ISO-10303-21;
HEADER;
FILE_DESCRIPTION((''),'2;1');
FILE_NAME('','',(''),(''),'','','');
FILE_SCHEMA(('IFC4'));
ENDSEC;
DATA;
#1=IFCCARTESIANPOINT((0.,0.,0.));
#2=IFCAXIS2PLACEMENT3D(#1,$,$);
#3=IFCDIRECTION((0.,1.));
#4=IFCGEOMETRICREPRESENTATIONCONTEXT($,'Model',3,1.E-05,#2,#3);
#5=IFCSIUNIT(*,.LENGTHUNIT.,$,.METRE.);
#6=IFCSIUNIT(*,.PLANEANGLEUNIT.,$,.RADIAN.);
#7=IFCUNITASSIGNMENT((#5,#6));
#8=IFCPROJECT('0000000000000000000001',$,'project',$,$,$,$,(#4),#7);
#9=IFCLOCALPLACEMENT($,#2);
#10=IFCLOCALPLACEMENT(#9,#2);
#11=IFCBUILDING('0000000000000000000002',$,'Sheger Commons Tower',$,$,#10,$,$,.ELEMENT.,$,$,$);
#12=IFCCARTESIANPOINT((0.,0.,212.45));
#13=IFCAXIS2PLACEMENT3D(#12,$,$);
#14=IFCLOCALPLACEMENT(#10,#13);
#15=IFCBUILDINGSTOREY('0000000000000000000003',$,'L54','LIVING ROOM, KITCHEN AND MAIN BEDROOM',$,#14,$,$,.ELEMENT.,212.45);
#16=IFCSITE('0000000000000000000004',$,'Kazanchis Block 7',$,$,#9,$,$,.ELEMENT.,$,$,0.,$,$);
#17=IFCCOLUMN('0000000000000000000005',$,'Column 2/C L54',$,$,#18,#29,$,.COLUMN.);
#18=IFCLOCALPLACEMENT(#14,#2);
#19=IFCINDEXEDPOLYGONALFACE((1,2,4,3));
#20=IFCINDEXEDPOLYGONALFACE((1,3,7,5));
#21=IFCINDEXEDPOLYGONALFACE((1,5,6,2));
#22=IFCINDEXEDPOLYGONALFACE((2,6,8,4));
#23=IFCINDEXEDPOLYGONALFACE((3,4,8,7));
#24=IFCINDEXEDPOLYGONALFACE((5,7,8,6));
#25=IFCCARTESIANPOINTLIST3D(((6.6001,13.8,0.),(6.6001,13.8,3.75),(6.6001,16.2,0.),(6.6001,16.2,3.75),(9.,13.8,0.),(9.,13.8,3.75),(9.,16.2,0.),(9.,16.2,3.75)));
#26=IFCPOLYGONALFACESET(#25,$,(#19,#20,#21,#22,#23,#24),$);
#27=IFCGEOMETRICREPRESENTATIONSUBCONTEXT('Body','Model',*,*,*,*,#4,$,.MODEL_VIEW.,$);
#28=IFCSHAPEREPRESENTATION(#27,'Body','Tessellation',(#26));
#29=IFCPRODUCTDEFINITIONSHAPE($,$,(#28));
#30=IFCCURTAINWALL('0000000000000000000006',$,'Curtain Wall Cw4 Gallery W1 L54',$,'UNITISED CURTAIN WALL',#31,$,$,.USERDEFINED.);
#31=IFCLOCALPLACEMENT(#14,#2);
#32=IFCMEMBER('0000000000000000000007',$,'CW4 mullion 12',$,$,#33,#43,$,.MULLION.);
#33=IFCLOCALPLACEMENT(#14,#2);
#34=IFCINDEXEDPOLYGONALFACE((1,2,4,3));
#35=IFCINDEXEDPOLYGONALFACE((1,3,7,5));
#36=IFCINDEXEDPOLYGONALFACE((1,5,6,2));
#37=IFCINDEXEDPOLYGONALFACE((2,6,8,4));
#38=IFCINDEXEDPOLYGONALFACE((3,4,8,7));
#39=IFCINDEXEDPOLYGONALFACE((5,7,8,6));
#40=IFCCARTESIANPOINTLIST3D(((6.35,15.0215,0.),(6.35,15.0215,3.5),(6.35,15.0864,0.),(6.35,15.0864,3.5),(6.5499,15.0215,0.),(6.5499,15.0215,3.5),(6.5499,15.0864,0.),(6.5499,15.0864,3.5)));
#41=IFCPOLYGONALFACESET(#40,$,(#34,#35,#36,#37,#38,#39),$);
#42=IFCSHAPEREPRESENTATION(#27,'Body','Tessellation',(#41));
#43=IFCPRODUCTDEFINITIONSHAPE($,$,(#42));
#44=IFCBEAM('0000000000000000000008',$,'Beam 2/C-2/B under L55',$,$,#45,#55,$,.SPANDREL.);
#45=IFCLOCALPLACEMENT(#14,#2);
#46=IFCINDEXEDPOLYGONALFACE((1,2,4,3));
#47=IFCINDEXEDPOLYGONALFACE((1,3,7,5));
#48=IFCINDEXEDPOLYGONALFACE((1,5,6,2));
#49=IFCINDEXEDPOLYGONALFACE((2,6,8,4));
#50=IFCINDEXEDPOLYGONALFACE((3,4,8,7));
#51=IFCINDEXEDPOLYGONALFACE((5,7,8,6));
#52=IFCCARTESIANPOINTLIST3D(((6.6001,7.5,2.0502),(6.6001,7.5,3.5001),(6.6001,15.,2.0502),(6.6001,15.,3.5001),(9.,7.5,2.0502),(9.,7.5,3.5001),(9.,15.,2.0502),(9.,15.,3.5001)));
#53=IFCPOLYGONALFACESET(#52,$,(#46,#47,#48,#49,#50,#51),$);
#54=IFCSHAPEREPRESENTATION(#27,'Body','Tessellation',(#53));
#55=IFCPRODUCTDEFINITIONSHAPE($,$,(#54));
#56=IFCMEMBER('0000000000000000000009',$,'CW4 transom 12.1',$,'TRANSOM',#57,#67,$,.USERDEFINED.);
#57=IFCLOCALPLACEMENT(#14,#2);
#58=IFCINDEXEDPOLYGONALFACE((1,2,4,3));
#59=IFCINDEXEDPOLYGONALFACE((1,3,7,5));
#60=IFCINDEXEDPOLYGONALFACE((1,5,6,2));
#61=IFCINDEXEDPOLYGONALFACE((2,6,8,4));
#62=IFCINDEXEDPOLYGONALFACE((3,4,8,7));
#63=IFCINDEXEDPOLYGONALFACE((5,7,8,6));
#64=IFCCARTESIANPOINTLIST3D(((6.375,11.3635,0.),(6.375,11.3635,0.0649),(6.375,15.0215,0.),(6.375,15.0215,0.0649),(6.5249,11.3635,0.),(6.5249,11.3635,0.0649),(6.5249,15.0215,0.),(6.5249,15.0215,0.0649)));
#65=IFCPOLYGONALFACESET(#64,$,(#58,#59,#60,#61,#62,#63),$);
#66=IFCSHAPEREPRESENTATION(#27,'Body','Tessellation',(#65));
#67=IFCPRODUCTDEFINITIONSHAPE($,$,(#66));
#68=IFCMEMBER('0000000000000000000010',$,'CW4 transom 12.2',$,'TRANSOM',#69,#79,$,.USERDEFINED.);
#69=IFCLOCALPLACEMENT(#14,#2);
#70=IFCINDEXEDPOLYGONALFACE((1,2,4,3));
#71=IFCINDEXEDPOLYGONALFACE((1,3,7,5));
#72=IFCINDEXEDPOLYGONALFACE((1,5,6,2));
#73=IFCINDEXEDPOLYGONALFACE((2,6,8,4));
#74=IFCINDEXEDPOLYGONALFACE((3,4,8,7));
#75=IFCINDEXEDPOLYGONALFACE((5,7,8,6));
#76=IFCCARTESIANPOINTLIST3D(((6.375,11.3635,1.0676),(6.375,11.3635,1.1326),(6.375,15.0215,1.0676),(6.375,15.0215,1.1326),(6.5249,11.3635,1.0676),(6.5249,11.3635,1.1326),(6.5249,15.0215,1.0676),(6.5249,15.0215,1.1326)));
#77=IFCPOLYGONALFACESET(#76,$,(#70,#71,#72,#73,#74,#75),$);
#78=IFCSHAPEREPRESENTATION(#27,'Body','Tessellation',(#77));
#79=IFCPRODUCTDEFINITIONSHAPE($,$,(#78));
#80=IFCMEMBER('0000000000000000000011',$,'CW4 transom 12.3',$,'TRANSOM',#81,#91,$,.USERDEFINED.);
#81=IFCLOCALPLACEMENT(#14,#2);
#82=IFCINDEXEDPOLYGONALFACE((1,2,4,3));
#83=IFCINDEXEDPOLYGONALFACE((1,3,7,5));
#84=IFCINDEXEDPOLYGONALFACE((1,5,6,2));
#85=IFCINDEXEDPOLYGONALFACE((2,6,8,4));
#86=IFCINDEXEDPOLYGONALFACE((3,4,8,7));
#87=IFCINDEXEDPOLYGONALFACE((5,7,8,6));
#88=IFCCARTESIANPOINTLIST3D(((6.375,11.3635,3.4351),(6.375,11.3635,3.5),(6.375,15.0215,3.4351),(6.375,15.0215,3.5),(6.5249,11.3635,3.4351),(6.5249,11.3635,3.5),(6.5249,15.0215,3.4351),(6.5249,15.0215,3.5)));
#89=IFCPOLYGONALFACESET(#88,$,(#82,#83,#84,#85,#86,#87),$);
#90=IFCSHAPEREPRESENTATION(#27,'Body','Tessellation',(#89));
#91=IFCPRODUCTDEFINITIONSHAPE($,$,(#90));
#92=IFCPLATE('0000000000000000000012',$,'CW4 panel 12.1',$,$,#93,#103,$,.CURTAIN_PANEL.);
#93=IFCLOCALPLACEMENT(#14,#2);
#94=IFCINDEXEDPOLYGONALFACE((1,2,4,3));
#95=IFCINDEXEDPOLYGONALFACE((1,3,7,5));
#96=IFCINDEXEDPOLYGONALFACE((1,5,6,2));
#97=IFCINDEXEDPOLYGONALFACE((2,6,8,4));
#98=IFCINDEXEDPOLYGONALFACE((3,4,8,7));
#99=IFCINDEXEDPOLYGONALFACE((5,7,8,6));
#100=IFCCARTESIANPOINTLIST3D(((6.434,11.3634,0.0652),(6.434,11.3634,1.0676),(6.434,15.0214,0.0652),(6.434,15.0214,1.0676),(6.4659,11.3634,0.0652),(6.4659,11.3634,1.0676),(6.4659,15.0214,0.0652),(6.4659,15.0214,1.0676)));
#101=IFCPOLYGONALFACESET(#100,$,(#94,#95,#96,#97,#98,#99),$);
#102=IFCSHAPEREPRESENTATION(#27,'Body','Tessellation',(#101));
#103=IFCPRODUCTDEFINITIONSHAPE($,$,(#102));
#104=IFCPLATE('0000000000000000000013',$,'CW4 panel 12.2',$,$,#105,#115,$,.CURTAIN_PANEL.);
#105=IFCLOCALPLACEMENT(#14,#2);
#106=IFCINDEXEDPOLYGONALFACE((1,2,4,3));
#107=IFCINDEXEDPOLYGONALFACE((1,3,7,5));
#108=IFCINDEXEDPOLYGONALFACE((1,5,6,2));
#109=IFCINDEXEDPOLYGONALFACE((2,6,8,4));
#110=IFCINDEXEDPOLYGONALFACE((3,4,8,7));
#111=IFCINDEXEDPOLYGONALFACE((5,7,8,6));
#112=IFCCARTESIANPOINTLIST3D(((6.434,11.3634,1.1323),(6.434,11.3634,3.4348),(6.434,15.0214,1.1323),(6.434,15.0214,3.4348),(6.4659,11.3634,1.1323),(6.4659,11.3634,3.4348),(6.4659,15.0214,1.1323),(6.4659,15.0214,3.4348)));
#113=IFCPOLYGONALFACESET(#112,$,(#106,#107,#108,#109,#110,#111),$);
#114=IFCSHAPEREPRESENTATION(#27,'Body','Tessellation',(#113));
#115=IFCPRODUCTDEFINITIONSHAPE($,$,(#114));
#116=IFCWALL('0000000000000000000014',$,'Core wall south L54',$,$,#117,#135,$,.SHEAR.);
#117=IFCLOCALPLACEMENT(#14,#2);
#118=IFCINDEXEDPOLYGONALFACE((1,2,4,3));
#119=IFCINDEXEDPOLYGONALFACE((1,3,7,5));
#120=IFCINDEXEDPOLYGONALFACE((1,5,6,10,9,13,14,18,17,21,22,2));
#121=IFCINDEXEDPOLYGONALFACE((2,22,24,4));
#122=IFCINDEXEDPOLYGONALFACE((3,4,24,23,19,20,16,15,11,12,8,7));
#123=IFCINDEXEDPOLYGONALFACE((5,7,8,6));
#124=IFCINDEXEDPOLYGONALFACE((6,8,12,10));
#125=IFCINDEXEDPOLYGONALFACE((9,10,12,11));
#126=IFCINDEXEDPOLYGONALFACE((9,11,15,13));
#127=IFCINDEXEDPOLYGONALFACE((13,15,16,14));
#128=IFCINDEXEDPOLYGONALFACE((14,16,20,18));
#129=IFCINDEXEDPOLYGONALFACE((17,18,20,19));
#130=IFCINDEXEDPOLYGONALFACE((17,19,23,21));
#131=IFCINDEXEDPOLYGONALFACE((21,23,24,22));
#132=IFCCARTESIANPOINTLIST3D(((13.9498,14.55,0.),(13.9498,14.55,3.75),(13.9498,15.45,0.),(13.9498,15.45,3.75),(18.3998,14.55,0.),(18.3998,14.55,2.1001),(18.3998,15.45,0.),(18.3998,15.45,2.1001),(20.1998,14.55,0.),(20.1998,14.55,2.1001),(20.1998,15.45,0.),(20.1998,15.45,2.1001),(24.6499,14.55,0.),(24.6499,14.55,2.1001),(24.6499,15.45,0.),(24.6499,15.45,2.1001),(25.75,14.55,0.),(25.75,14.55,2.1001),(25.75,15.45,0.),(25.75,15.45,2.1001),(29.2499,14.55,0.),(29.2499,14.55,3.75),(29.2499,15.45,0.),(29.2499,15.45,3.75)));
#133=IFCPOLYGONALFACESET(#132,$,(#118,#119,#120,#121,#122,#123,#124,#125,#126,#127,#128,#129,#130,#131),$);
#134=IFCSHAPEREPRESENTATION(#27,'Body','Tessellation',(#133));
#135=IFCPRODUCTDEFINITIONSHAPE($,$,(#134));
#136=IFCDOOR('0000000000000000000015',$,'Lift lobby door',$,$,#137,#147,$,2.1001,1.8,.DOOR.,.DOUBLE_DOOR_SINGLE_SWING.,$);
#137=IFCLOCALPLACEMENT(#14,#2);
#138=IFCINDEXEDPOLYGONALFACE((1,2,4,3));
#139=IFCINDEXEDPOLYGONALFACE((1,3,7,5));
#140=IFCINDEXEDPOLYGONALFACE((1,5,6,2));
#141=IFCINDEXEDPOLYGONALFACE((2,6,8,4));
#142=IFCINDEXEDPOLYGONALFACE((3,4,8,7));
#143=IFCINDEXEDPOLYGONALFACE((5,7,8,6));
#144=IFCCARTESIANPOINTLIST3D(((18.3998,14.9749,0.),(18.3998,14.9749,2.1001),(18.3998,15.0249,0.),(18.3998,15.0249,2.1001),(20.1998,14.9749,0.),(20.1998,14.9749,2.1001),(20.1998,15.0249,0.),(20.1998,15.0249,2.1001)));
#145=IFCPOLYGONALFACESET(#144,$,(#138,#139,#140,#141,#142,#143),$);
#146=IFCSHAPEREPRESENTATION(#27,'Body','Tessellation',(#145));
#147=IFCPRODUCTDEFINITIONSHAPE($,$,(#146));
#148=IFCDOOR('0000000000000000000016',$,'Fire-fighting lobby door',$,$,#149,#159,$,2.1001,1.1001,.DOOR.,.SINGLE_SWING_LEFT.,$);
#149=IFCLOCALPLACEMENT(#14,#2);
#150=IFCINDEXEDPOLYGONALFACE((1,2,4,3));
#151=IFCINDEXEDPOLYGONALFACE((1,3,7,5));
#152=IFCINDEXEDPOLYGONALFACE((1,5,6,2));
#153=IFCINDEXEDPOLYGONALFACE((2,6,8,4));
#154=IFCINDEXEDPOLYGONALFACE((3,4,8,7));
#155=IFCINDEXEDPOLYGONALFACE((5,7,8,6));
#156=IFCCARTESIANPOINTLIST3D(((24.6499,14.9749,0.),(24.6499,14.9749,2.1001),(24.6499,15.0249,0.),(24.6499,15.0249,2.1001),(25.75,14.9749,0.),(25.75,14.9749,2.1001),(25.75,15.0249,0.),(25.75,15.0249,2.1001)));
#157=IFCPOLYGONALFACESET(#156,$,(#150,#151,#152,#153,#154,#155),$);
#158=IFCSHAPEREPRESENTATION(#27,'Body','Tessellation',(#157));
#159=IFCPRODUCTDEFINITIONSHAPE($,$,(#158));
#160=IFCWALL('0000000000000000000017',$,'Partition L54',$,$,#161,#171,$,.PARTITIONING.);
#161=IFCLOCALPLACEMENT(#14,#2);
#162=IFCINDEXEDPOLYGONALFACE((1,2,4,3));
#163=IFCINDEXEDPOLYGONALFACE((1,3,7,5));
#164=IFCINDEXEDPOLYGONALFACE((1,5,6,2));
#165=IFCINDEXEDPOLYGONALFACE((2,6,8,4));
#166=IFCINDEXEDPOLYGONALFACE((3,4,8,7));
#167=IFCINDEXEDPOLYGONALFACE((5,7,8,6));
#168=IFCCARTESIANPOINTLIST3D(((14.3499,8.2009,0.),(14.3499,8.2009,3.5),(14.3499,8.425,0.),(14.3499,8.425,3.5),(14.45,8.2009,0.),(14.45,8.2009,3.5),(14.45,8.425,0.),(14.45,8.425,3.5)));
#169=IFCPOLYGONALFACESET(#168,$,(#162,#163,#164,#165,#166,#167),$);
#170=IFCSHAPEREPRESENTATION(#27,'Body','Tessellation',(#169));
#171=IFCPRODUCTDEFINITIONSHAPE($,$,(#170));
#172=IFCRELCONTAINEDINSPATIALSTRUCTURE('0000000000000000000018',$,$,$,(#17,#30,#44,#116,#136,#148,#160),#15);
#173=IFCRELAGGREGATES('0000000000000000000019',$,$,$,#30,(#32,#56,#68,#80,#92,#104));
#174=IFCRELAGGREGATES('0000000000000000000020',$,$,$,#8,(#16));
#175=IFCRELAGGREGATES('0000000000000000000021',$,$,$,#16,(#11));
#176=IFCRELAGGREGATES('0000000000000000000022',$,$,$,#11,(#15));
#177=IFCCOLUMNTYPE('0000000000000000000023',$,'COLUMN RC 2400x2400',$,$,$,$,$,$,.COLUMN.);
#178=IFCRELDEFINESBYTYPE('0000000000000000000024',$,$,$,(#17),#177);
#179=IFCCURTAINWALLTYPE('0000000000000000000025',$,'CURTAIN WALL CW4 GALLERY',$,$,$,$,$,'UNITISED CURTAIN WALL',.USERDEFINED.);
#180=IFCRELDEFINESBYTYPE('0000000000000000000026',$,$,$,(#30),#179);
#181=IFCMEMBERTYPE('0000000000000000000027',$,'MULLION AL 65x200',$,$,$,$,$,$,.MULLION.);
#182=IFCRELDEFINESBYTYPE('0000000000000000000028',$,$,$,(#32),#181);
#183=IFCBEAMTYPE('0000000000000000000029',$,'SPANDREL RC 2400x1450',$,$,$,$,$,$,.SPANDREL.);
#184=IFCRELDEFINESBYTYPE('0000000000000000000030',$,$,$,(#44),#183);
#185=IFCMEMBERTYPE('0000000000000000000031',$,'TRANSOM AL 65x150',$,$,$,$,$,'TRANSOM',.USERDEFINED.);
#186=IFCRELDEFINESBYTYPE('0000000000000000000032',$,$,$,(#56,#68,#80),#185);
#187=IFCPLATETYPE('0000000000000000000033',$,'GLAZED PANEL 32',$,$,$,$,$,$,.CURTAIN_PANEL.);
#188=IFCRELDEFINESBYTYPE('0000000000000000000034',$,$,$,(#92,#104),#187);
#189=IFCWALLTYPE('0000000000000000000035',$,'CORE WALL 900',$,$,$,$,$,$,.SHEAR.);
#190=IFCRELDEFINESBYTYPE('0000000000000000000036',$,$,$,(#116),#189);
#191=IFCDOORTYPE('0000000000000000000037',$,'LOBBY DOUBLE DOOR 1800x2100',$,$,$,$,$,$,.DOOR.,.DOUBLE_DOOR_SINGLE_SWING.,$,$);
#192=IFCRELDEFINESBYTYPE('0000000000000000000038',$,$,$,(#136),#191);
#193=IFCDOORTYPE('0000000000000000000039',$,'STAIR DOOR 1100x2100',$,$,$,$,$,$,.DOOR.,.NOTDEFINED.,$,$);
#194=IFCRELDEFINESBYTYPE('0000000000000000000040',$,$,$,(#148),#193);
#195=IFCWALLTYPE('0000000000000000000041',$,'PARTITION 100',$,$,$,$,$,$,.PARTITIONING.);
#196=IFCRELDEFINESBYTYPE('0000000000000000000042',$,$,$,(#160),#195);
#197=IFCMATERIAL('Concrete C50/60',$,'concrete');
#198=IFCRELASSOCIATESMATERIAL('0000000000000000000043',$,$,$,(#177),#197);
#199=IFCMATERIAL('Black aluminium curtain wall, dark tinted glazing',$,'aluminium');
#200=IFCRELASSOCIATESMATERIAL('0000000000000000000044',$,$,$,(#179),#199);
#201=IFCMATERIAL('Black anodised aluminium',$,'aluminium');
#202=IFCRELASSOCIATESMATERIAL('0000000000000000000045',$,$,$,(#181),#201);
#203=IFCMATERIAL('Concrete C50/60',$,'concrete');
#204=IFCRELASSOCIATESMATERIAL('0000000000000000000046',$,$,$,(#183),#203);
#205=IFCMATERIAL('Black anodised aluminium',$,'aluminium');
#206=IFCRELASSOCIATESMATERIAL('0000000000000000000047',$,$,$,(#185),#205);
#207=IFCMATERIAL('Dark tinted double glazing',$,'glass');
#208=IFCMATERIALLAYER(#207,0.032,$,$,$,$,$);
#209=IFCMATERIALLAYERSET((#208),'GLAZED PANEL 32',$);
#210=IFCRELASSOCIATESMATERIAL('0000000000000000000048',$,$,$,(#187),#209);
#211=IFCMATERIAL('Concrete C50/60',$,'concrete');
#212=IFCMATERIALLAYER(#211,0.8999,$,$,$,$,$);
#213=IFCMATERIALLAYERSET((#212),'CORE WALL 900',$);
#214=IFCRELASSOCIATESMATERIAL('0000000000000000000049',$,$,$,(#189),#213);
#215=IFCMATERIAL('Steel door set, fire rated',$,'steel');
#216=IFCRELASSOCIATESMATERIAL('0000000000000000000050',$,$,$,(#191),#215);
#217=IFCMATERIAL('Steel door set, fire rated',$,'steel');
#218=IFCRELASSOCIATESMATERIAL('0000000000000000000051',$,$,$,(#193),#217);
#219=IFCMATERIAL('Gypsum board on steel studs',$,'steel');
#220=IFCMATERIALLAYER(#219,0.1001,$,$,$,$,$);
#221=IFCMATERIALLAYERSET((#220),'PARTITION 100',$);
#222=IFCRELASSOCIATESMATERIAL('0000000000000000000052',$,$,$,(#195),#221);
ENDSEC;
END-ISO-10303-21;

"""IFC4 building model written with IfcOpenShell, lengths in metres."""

from ifc_helpers import new_model, si_unit, direction, frame, frame_2d, origin, origin_2d, place, context, subcontext, project, spatial, rectangle, extrude, material, layer, layer_set, material_profile, profile_set, type_object, element, fill, aggregate, save


model = new_model("IFC4")

# Units and contexts
model_context = context("Model", 3, precision=1e-05, world=origin(), true_north=direction((0.0, 1.0)))
body_context = subcontext(model_context, "Body", "Model", "MODEL_VIEW")
ifc_project = project(units=[si_unit("LENGTHUNIT", "METRE"), si_unit("PLANEANGLEUNIT", "RADIAN")], contexts=[model_context])

# Site, building, storey
site_placement = place(None, origin())
site = spatial("IfcSite", under=ifc_project, at=site_placement, Name="Kazanchis Block 7", CompositionType="ELEMENT", RefElevation=0.0)
building_placement = place(site_placement, origin())
building = spatial("IfcBuilding", under=site, at=building_placement, Name="Sheger Commons Tower", CompositionType="ELEMENT")
storey_placement = place(building_placement, frame((0.0, 0.0, 212.45)))
storey = spatial("IfcBuildingStorey", under=building, at=storey_placement, Name="L54", Description="LIVING ROOM, KITCHEN AND MAIN BEDROOM", CompositionType="ELEMENT", Elevation=212.45)

# Column
ifc_material_1 = material(Name="Concrete C50/60", Category="concrete")
ifc_material_profile_1 = material_profile(ifc_material_1, rectangle(XDim=2.3999, YDim=2.3999, at=origin_2d()), Name="RC 2400x2400")
ifc_profile_set_1 = profile_set([ifc_material_profile_1], Name="Concrete C50/60")
column_type = type_object("IfcColumnType", Name="COLUMN RC 2400x2400", PredefinedType="COLUMN", material=ifc_profile_set_1)
column_placement = place(storey_placement, frame((7.8, 15.0, 0.0), z_axis=(0.0, 0.0, 1.0), x_axis=(1.0, 0.0, 0.0)))
element("IfcColumn", 1, at=column_placement, inside=storey, type_object=column_type, Name="Column 2/C L54", PredefinedType="COLUMN", context=body_context, shape_type="SweptSolid", body=[
    extrude(rectangle(XDim=2.3999, YDim=2.3999, at=origin_2d()), origin(), (0.0, 0.0, 1.0), 3.75),
])

# Curtain wall, member
ifc_material_2 = material(Name="Black aluminium curtain wall, dark tinted glazing", Category="aluminium")
curtain_wall_type = type_object("IfcCurtainWallType", Name="CURTAIN WALL CW4 GALLERY", ElementType="UNITISED CURTAIN WALL", PredefinedType="USERDEFINED", material=ifc_material_2)
curtain_wall_placement = place(storey_placement, origin())
curtain_wall = element("IfcCurtainWall", 2, at=curtain_wall_placement, inside=storey, type_object=curtain_wall_type, Name="Curtain Wall Cw4 Gallery W1 L54", ObjectType="UNITISED CURTAIN WALL", PredefinedType="USERDEFINED")
ifc_material_3 = material(Name="Black anodised aluminium", Category="aluminium")
ifc_material_profile_2 = material_profile(ifc_material_3, rectangle(XDim=0.2, YDim=0.0649, at=origin_2d()), Name="AL 65x200")
ifc_profile_set_2 = profile_set([ifc_material_profile_2], Name="Black anodised aluminium")
member_type_1 = type_object("IfcMemberType", Name="MULLION AL 65x200", PredefinedType="MULLION", material=ifc_profile_set_2)
member_1_placement = place(storey_placement, frame((6.45, 15.054, 0.0), z_axis=(0.0, 0.0, 1.0), x_axis=(1.0, 0.0, 0.0)))
member_1 = element("IfcMember", 3, at=member_1_placement, type_object=member_type_1, Name="CW4 mullion 12", PredefinedType="MULLION", context=body_context, shape_type="SweptSolid", body=[
    extrude(rectangle(XDim=0.2, YDim=0.0649, at=origin_2d()), origin(), (0.0, 0.0, 1.0), 3.5),
])

# Beam
ifc_material_4 = material(Name="Concrete C50/60", Category="concrete")
ifc_material_profile_3 = material_profile(ifc_material_4, rectangle(XDim=2.3999, YDim=1.45, at=origin_2d()), Name="RC 2400x1450")
ifc_profile_set_3 = profile_set([ifc_material_profile_3], Name="Concrete C50/60")
beam_type = type_object("IfcBeamType", Name="SPANDREL RC 2400x1450", PredefinedType="SPANDREL", material=ifc_profile_set_3)
beam_placement = place(storey_placement, frame((7.8, 15.0, 2.7751), z_axis=(0.0, -1.0, 0.0), x_axis=(1.0, 0.0, 0.0)))
element("IfcBeam", 4, at=beam_placement, inside=storey, type_object=beam_type, Name="Beam 2/C-2/B under L55", PredefinedType="SPANDREL", context=body_context, shape_type="SweptSolid", body=[
    extrude(rectangle(XDim=2.3999, YDim=1.45, at=origin_2d()), origin(), (0.0, 0.0, 1.0), 7.5),
])

# Members
ifc_material_5 = material(Name="Black anodised aluminium", Category="aluminium")
ifc_material_profile_4 = material_profile(ifc_material_5, rectangle(XDim=0.1499, YDim=0.0649, at=origin_2d()), Name="AL 65x150")
ifc_profile_set_4 = profile_set([ifc_material_profile_4], Name="Black anodised aluminium")
member_type_2 = type_object("IfcMemberType", Name="TRANSOM AL 65x150", ElementType="TRANSOM", PredefinedType="USERDEFINED", material=ifc_profile_set_4)
member_2_placement = place(storey_placement, frame((6.45, 15.0215, 0.0325), z_axis=(0.0, -1.0, 0.0), x_axis=(1.0, 0.0, 0.0)))
member_2 = element("IfcMember", 5, at=member_2_placement, type_object=member_type_2, Name="CW4 transom 12.1", ObjectType="TRANSOM", PredefinedType="USERDEFINED", context=body_context, shape_type="SweptSolid", body=[
    extrude(rectangle(XDim=0.1499, YDim=0.0649, at=origin_2d()), origin(), (0.0, 0.0, 1.0), 3.658),
])
member_3_placement = place(storey_placement, frame((6.45, 15.0215, 1.1001), z_axis=(0.0, -1.0, 0.0), x_axis=(1.0, 0.0, 0.0)))
member_3 = element("IfcMember", 6, at=member_3_placement, type_object=member_type_2, Name="CW4 transom 12.2", ObjectType="TRANSOM", PredefinedType="USERDEFINED", context=body_context, shape_type="SweptSolid", body=[
    extrude(rectangle(XDim=0.1499, YDim=0.0649, at=origin_2d()), origin(), (0.0, 0.0, 1.0), 3.658),
])
member_4_placement = place(storey_placement, frame((6.45, 15.0215, 3.4675), z_axis=(0.0, -1.0, 0.0), x_axis=(1.0, 0.0, 0.0)))
member_4 = element("IfcMember", 7, at=member_4_placement, type_object=member_type_2, Name="CW4 transom 12.3", ObjectType="TRANSOM", PredefinedType="USERDEFINED", context=body_context, shape_type="SweptSolid", body=[
    extrude(rectangle(XDim=0.1499, YDim=0.0649, at=origin_2d()), origin(), (0.0, 0.0, 1.0), 3.658),
])

# Plates
ifc_material_6 = material(Name="Dark tinted double glazing", Category="glass")
ifc_layer_1 = layer(ifc_material_6, 0.032)
ifc_layer_set_1 = layer_set([ifc_layer_1], Name="GLAZED PANEL 32")
plate_type = type_object("IfcPlateType", Name="GLAZED PANEL 32", PredefinedType="CURTAIN_PANEL", material=ifc_layer_set_1)
plate_1_placement = place(storey_placement, frame((6.45, 13.1924, 0.0652), z_axis=(0.0, 0.0, 1.0), x_axis=(0.0, -1.0, 0.0)))
plate_1 = element("IfcPlate", 8, at=plate_1_placement, type_object=plate_type, Name="CW4 panel 12.1", PredefinedType="CURTAIN_PANEL", context=body_context, shape_type="SweptSolid", body=[
    extrude(rectangle(XDim=3.658, YDim=0.032, at=origin_2d()), origin(), (0.0, 0.0, 1.0), 1.0024),
])
plate_2_placement = place(storey_placement, frame((6.45, 13.1924, 1.1323), z_axis=(0.0, 0.0, 1.0), x_axis=(0.0, -1.0, 0.0)))
plate_2 = element("IfcPlate", 9, at=plate_2_placement, type_object=plate_type, Name="CW4 panel 12.2", PredefinedType="CURTAIN_PANEL", context=body_context, shape_type="SweptSolid", body=[
    extrude(rectangle(XDim=3.658, YDim=0.032, at=origin_2d()), origin(), (0.0, 0.0, 1.0), 2.3025),
])
aggregate(curtain_wall, [member_1, member_2, member_3, member_4, plate_1, plate_2])

# Wall, openings, doors
ifc_material_7 = material(Name="Concrete C50/60", Category="concrete")
ifc_layer_2 = layer(ifc_material_7, 0.8999)
ifc_layer_set_2 = layer_set([ifc_layer_2], Name="CORE WALL 900")
wall_type_1 = type_object("IfcWallType", Name="CORE WALL 900", PredefinedType="SHEAR", material=ifc_layer_set_2)
wall_1_placement = place(storey_placement, frame((13.95, 15.0, 0.0), z_axis=(0.0, 0.0, 1.0), x_axis=(1.0, 0.0, 0.0)))
wall_1 = element("IfcWall", 10, at=wall_1_placement, inside=storey, type_object=wall_type_1, Name="Core wall south L54", PredefinedType="SHEAR", context=body_context, shape_type="SweptSolid", body=[
    extrude(rectangle(XDim=15.3, YDim=0.8999, at=frame_2d((7.6499, 0.0))), origin(), (0.0, 0.0, 1.0), 3.75),
])
opening_1_placement = place(wall_1_placement, frame((4.45, 0.0, 0.0)))
opening_1 = element("IfcOpeningElement", 11, at=opening_1_placement, cuts=wall_1, PredefinedType="OPENING", context=body_context, shape_type="SweptSolid", body=[
    extrude(rectangle(XDim=1.8, YDim=2.1001, at=frame_2d((0.8999, 1.05))), frame((0.0, 0.46, 0.0), z_axis=(0.0, -1.0, 0.0), x_axis=(1.0, 0.0, 0.0)), (0.0, 0.0, 1.0), 0.9199),
])
opening_2_placement = place(wall_1_placement, frame((10.7, 0.0, 0.0)))
opening_2 = element("IfcOpeningElement", 12, at=opening_2_placement, cuts=wall_1, PredefinedType="OPENING", context=body_context, shape_type="SweptSolid", body=[
    extrude(rectangle(XDim=1.1001, YDim=2.1001, at=frame_2d((0.55, 1.05))), frame((0.0, 0.46, 0.0), z_axis=(0.0, -1.0, 0.0), x_axis=(1.0, 0.0, 0.0)), (0.0, 0.0, 1.0), 0.9199),
])
ifc_material_8 = material(Name="Steel door set, fire rated", Category="steel")
door_type_1 = type_object("IfcDoorType", Name="LOBBY DOUBLE DOOR 1800x2100", OperationType="DOUBLE_DOOR_SINGLE_SWING", PredefinedType="DOOR", material=ifc_material_8)
door_1_placement = place(opening_1_placement, origin())
door_1 = element("IfcDoor", 13, at=door_1_placement, inside=storey, type_object=door_type_1, Name="Lift lobby door", OperationType="DOUBLE_DOOR_SINGLE_SWING", OverallHeight=2.1001, OverallWidth=1.8, PredefinedType="DOOR", context=body_context, shape_type="SweptSolid", body=[
    extrude(rectangle(XDim=1.8, YDim=2.1001, at=frame_2d((0.8999, 1.05))), frame((0.0, 0.0249, 0.0), z_axis=(0.0, -1.0, 0.0), x_axis=(1.0, 0.0, 0.0)), (0.0, 0.0, 1.0), 0.05),
])
fill(opening_1, door_1)
ifc_material_9 = material(Name="Steel door set, fire rated", Category="steel")
door_type_2 = type_object("IfcDoorType", Name="STAIR DOOR 1100x2100", OperationType="NOTDEFINED", PredefinedType="DOOR", material=ifc_material_9)
door_2_placement = place(opening_2_placement, origin())
door_2 = element("IfcDoor", 14, at=door_2_placement, inside=storey, type_object=door_type_2, Name="Fire-fighting lobby door", OperationType="SINGLE_SWING_LEFT", OverallHeight=2.1001, OverallWidth=1.1001, PredefinedType="DOOR", context=body_context, shape_type="SweptSolid", body=[
    extrude(rectangle(XDim=1.1001, YDim=2.1001, at=frame_2d((0.55, 1.05))), frame((0.0, 0.0249, 0.0), z_axis=(0.0, -1.0, 0.0), x_axis=(1.0, 0.0, 0.0)), (0.0, 0.0, 1.0), 0.05),
])
fill(opening_2, door_2)

# Wall
ifc_material_10 = material(Name="Gypsum board on steel studs", Category="steel")
ifc_layer_3 = layer(ifc_material_10, 0.1001)
ifc_layer_set_3 = layer_set([ifc_layer_3], Name="PARTITION 100")
wall_type_2 = type_object("IfcWallType", Name="PARTITION 100", PredefinedType="PARTITIONING", material=ifc_layer_set_3)
wall_2_placement = place(storey_placement, frame((14.3999, 8.2009, 0.0), z_axis=(0.0, 0.0, 1.0), x_axis=(0.0, 1.0, 0.0)))
element("IfcWall", 15, at=wall_2_placement, inside=storey, type_object=wall_type_2, Name="Partition L54", PredefinedType="PARTITIONING", context=body_context, shape_type="SweptSolid", body=[
    extrude(rectangle(XDim=0.2241, YDim=0.1001, at=frame_2d((0.1121, 0.0))), origin(), (0.0, 0.0, 1.0), 3.5),
])

save(model, "model.ifc")
